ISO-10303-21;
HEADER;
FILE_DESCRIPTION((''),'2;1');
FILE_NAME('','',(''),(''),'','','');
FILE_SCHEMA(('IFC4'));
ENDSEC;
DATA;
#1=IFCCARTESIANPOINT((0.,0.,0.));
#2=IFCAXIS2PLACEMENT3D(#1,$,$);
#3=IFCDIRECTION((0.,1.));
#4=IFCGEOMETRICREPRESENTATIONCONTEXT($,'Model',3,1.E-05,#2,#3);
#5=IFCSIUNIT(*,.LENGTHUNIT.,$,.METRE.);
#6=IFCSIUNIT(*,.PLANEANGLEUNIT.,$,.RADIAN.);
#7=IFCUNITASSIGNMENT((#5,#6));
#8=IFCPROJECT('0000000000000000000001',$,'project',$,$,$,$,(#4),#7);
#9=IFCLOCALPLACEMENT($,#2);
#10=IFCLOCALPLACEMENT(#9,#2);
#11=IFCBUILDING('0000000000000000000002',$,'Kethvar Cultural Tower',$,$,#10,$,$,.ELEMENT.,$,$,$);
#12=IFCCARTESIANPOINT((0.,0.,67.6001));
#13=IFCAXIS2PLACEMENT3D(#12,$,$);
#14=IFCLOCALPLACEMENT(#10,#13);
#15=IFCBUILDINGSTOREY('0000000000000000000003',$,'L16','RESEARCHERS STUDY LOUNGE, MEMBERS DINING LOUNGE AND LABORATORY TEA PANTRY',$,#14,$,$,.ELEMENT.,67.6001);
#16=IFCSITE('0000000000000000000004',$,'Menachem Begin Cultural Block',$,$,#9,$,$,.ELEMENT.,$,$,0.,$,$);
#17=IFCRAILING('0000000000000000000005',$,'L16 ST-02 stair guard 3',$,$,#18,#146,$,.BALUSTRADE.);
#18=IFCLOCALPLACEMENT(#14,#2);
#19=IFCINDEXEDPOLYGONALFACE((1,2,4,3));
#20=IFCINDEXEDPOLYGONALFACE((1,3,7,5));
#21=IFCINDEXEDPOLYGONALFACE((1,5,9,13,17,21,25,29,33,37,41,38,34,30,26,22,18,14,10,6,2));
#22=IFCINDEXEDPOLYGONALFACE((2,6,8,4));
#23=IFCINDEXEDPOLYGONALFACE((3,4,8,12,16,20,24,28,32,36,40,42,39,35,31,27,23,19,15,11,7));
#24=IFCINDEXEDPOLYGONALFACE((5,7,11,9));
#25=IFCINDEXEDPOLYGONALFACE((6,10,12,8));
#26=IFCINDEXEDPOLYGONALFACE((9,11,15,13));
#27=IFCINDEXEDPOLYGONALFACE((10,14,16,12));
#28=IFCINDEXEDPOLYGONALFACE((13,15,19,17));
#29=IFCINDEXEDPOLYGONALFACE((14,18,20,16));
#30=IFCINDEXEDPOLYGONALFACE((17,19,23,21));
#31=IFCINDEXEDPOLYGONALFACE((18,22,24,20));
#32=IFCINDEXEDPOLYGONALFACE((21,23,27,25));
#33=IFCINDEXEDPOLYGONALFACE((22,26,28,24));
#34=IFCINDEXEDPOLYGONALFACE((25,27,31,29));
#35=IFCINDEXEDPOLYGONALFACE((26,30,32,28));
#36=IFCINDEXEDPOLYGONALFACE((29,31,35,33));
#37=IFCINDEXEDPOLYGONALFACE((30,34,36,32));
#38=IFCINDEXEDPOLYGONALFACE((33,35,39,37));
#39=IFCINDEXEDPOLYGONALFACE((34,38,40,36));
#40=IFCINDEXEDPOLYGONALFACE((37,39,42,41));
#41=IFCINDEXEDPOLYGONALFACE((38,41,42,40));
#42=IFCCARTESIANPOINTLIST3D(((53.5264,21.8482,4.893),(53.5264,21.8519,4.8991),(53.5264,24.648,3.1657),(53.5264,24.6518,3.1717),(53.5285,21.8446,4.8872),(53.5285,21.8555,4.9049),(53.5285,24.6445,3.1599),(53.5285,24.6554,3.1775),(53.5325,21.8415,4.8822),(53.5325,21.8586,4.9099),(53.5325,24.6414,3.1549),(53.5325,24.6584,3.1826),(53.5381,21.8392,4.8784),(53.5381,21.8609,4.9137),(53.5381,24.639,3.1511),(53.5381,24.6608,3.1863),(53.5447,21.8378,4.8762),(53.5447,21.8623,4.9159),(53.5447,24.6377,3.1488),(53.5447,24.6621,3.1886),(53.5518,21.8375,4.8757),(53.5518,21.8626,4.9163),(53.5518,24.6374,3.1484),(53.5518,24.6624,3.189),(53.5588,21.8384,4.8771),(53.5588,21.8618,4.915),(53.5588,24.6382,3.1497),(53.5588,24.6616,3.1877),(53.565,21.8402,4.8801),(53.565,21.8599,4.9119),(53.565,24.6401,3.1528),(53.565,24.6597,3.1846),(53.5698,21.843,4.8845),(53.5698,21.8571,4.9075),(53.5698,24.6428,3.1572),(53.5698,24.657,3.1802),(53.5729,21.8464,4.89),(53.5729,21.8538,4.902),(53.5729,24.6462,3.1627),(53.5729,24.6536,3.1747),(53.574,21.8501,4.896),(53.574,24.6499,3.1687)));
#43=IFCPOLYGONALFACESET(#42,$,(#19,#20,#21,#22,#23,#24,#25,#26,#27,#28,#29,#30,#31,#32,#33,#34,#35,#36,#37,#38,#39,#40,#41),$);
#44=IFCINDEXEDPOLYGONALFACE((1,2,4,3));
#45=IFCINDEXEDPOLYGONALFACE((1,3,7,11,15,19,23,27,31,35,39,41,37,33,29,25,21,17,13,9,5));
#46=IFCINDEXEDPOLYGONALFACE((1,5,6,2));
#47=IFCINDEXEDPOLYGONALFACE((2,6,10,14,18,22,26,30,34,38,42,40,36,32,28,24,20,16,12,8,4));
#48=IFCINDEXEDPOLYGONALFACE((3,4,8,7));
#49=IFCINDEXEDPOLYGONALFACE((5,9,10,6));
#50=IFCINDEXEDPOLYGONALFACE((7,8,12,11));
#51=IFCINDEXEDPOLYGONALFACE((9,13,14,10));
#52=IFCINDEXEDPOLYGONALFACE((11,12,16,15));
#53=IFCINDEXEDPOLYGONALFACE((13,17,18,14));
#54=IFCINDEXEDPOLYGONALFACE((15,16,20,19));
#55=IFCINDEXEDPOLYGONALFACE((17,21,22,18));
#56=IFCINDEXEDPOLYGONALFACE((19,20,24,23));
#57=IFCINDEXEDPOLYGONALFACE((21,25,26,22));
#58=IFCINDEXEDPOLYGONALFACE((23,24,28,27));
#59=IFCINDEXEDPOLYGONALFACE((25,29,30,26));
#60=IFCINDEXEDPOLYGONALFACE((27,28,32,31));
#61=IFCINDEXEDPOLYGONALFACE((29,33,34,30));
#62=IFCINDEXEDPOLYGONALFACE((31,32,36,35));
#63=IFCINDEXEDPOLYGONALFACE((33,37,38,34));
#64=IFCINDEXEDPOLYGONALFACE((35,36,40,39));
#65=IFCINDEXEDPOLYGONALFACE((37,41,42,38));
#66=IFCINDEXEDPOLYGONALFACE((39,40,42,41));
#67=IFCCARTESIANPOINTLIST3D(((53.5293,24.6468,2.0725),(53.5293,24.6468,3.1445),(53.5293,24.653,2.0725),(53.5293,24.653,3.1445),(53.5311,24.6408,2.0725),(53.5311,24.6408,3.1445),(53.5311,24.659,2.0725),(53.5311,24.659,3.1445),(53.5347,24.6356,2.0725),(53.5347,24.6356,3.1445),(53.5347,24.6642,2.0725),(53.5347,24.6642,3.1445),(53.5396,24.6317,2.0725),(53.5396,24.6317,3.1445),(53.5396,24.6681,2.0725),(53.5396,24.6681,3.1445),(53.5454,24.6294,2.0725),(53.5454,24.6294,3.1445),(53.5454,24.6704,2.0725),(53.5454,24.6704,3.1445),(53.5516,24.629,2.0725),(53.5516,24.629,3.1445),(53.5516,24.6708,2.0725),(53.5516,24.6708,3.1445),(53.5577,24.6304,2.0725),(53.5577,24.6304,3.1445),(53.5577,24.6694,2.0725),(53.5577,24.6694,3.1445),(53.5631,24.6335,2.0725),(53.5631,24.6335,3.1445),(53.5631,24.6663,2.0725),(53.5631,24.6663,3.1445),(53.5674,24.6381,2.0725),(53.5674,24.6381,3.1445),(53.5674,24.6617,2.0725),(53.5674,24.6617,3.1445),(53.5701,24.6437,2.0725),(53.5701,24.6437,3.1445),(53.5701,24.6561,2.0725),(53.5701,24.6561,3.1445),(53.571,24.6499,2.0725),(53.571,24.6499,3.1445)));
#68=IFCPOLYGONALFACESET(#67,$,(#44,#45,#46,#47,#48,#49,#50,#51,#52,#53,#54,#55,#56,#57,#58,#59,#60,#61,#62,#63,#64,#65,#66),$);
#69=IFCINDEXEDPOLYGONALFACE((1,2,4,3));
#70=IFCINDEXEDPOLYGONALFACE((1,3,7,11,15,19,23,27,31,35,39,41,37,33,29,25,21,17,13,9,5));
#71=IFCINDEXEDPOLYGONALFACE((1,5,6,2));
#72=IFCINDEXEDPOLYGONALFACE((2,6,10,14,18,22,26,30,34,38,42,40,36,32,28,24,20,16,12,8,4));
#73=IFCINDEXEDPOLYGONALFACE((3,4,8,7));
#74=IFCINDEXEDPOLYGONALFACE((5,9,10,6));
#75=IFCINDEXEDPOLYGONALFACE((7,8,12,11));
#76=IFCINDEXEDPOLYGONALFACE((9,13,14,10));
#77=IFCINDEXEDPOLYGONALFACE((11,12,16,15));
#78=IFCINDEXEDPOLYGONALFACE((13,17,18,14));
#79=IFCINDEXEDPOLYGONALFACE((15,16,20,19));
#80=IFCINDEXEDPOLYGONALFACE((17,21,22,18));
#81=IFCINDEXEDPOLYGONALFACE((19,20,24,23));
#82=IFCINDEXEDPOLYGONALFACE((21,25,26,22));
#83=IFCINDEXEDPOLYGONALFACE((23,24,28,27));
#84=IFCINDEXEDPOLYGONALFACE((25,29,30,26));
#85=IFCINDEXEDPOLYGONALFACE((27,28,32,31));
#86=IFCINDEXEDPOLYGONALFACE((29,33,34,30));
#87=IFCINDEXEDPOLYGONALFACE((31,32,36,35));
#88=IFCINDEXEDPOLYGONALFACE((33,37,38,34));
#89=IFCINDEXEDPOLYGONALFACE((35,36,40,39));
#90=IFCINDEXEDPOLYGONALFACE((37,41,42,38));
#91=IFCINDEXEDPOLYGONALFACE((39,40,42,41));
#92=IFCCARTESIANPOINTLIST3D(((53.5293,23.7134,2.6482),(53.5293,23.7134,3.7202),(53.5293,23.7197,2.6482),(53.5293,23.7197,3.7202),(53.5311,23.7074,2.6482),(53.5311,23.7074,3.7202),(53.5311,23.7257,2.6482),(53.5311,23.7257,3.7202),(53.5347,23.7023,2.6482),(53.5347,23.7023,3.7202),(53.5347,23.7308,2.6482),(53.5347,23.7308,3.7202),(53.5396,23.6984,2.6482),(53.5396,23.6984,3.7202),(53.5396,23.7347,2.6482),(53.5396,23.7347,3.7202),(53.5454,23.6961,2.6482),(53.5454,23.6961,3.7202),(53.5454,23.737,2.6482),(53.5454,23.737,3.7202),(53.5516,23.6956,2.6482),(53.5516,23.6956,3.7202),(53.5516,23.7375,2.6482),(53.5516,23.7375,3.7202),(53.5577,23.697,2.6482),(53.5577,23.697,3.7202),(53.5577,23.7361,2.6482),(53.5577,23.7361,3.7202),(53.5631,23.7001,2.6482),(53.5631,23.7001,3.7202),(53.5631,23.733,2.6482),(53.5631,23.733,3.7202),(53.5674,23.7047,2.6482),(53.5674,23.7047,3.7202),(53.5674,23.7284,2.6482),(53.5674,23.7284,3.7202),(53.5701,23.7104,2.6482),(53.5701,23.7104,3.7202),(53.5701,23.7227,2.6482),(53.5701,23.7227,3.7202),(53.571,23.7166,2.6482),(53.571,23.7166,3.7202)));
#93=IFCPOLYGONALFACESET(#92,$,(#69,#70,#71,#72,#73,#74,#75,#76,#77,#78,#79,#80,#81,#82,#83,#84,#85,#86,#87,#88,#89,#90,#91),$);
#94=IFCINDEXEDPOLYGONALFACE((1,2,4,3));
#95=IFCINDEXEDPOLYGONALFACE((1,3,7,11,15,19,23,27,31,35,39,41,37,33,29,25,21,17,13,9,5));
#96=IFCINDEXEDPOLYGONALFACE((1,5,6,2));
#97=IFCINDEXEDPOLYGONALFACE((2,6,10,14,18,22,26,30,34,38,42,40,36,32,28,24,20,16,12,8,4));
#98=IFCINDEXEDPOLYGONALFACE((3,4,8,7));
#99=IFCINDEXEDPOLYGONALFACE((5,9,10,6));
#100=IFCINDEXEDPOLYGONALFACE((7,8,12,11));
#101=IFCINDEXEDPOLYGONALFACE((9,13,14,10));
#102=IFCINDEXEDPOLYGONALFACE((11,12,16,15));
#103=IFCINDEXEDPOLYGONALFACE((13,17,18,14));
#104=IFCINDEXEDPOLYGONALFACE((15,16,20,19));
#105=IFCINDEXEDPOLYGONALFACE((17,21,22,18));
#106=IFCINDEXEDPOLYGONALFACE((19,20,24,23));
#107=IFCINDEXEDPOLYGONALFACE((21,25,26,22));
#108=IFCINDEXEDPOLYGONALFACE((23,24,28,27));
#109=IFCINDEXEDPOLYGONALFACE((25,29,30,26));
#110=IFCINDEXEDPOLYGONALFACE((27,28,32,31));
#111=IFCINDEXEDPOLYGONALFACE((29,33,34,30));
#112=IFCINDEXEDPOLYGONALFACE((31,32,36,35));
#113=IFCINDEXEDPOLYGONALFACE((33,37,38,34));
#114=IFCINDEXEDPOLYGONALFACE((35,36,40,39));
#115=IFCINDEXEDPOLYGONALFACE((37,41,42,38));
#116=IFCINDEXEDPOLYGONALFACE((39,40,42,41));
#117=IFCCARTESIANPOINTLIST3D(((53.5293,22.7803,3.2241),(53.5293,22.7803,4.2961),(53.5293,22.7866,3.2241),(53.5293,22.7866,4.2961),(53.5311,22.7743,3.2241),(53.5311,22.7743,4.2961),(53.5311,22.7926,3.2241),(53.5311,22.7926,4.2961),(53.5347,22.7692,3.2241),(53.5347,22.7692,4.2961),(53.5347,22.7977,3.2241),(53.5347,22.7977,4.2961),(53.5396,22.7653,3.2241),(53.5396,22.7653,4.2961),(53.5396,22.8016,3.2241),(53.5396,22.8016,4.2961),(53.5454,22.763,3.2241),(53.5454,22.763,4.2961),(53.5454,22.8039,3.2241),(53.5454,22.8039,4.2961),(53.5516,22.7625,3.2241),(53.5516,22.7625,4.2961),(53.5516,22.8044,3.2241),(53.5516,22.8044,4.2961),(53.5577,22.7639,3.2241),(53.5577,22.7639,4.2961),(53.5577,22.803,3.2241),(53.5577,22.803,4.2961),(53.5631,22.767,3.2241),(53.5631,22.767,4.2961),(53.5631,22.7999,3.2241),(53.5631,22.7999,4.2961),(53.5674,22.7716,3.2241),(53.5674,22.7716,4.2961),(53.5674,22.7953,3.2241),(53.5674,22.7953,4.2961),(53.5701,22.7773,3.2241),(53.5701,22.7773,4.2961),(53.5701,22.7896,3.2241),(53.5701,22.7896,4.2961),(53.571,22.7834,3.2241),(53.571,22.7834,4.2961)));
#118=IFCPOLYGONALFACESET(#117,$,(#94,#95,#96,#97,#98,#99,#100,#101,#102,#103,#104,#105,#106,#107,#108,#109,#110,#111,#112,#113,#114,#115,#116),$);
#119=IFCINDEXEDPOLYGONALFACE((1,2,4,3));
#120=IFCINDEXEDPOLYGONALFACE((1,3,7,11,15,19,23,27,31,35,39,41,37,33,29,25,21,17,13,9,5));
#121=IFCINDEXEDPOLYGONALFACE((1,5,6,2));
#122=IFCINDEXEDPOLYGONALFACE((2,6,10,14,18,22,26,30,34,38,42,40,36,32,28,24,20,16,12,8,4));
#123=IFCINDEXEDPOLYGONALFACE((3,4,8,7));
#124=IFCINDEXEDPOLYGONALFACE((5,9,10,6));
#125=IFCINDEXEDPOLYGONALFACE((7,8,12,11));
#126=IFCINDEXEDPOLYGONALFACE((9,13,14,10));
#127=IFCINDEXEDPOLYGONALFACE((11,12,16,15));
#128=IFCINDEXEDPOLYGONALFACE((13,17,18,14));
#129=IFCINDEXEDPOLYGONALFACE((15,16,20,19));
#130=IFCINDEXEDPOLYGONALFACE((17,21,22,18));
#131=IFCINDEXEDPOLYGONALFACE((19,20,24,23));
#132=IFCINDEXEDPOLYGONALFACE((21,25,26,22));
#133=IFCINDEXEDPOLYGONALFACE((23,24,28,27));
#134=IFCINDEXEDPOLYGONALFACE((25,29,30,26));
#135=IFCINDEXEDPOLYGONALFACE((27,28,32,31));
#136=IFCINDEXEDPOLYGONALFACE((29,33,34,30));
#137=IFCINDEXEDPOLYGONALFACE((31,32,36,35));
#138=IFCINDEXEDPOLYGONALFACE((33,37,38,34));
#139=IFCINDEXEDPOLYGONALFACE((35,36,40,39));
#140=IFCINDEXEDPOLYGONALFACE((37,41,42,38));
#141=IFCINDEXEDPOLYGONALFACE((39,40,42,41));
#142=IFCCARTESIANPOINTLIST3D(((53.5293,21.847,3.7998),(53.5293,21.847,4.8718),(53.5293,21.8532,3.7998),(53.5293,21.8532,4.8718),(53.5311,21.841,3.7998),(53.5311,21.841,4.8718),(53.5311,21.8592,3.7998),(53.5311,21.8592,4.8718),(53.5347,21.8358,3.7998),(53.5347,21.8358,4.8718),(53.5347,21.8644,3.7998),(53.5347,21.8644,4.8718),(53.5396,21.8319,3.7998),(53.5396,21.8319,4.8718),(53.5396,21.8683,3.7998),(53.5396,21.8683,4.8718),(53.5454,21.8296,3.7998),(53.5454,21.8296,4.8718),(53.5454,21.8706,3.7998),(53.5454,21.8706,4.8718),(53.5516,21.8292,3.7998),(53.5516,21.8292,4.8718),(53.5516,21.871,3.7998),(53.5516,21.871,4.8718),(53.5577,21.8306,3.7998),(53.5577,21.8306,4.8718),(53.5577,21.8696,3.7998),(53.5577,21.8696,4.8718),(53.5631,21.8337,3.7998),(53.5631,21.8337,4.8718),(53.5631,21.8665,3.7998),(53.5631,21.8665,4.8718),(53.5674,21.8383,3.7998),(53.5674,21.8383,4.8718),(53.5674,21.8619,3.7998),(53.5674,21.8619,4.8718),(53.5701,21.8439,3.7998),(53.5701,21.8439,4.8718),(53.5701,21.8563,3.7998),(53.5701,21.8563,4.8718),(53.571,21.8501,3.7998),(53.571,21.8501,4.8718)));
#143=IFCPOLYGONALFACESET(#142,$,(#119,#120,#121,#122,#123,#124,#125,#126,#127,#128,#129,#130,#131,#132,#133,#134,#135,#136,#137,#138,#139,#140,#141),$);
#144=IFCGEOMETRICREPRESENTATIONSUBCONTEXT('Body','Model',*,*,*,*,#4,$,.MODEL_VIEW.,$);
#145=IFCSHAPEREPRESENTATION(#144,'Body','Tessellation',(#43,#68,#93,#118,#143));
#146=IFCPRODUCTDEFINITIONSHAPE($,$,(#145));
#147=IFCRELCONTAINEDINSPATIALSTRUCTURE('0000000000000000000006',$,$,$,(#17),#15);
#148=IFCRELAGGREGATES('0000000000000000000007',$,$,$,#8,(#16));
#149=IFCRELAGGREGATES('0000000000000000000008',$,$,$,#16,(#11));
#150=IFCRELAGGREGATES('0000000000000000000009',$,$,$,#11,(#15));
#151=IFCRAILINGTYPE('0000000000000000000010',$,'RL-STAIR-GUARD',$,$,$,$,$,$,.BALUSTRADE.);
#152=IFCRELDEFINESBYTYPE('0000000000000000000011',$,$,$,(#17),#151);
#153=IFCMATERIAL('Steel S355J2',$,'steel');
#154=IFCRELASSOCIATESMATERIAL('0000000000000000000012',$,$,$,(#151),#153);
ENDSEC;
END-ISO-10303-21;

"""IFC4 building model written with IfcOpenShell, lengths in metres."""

from ifc_helpers import new_model, si_unit, direction, frame, origin, origin_2d, place, context, subcontext, project, spatial, circle, extrude, material, type_object, element, save


model = new_model("IFC4")

# Units and contexts
model_context = context("Model", 3, precision=1e-05, world=origin(), true_north=direction((0.0, 1.0)))
body_context = subcontext(model_context, "Body", "Model", "MODEL_VIEW")
ifc_project = project(units=[si_unit("LENGTHUNIT", "METRE"), si_unit("PLANEANGLEUNIT", "RADIAN")], contexts=[model_context])

# Site, building, storey
site_placement = place(None, origin())
site = spatial("IfcSite", under=ifc_project, at=site_placement, Name="Menachem Begin Cultural Block", CompositionType="ELEMENT", RefElevation=0.0)
building_placement = place(site_placement, origin())
building = spatial("IfcBuilding", under=site, at=building_placement, Name="Kethvar Cultural Tower", CompositionType="ELEMENT")
storey_placement = place(building_placement, frame((0.0, 0.0, 67.6001)))
storey = spatial("IfcBuildingStorey", under=building, at=storey_placement, Name="L16", Description="RESEARCHERS STUDY LOUNGE, MEMBERS DINING LOUNGE AND LABORATORY TEA PANTRY", CompositionType="ELEMENT", Elevation=67.6001)

# Shared definitions
ifc_material_1 = material(Name="Steel S355J2", Category="steel")

# Railing
railing_type_1 = type_object("IfcRailingType", Name="RL-STAIR-GUARD", PredefinedType="BALUSTRADE", material=ifc_material_1)
railing_1_placement = place(storey_placement, frame((53.55, 24.6499, 2.0725)))
element("IfcRailing", 1, at=railing_1_placement, inside=storey, type_object=railing_type_1, Name="L16 ST-02 stair guard 3", PredefinedType="BALUSTRADE", context=body_context, shape_type="SweptSolid", body=[
    extrude(circle(Radius=0.0239, at=origin_2d()), frame((0.0, 0.0, 1.0962), z_axis=(0.0, -0.851069, 0.525054), x_axis=(1.0, 0.0, 0.0)), (0.0, 0.0, 1.0), 3.2898),
    extrude(circle(Radius=0.021, at=origin_2d()), origin(), (0.0, 0.0, 1.0), 1.072),
    extrude(circle(Radius=0.021, at=origin_2d()), frame((0.0, -0.9333, 0.5757)), (0.0, 0.0, 1.0), 1.072),
    extrude(circle(Radius=0.021, at=origin_2d()), frame((0.0, -1.8665, 1.1516)), (0.0, 0.0, 1.0), 1.072),
    extrude(circle(Radius=0.021, at=origin_2d()), frame((0.0, -2.7998, 1.7273)), (0.0, 0.0, 1.0), 1.072),
])

save(model, "model.ifc")
